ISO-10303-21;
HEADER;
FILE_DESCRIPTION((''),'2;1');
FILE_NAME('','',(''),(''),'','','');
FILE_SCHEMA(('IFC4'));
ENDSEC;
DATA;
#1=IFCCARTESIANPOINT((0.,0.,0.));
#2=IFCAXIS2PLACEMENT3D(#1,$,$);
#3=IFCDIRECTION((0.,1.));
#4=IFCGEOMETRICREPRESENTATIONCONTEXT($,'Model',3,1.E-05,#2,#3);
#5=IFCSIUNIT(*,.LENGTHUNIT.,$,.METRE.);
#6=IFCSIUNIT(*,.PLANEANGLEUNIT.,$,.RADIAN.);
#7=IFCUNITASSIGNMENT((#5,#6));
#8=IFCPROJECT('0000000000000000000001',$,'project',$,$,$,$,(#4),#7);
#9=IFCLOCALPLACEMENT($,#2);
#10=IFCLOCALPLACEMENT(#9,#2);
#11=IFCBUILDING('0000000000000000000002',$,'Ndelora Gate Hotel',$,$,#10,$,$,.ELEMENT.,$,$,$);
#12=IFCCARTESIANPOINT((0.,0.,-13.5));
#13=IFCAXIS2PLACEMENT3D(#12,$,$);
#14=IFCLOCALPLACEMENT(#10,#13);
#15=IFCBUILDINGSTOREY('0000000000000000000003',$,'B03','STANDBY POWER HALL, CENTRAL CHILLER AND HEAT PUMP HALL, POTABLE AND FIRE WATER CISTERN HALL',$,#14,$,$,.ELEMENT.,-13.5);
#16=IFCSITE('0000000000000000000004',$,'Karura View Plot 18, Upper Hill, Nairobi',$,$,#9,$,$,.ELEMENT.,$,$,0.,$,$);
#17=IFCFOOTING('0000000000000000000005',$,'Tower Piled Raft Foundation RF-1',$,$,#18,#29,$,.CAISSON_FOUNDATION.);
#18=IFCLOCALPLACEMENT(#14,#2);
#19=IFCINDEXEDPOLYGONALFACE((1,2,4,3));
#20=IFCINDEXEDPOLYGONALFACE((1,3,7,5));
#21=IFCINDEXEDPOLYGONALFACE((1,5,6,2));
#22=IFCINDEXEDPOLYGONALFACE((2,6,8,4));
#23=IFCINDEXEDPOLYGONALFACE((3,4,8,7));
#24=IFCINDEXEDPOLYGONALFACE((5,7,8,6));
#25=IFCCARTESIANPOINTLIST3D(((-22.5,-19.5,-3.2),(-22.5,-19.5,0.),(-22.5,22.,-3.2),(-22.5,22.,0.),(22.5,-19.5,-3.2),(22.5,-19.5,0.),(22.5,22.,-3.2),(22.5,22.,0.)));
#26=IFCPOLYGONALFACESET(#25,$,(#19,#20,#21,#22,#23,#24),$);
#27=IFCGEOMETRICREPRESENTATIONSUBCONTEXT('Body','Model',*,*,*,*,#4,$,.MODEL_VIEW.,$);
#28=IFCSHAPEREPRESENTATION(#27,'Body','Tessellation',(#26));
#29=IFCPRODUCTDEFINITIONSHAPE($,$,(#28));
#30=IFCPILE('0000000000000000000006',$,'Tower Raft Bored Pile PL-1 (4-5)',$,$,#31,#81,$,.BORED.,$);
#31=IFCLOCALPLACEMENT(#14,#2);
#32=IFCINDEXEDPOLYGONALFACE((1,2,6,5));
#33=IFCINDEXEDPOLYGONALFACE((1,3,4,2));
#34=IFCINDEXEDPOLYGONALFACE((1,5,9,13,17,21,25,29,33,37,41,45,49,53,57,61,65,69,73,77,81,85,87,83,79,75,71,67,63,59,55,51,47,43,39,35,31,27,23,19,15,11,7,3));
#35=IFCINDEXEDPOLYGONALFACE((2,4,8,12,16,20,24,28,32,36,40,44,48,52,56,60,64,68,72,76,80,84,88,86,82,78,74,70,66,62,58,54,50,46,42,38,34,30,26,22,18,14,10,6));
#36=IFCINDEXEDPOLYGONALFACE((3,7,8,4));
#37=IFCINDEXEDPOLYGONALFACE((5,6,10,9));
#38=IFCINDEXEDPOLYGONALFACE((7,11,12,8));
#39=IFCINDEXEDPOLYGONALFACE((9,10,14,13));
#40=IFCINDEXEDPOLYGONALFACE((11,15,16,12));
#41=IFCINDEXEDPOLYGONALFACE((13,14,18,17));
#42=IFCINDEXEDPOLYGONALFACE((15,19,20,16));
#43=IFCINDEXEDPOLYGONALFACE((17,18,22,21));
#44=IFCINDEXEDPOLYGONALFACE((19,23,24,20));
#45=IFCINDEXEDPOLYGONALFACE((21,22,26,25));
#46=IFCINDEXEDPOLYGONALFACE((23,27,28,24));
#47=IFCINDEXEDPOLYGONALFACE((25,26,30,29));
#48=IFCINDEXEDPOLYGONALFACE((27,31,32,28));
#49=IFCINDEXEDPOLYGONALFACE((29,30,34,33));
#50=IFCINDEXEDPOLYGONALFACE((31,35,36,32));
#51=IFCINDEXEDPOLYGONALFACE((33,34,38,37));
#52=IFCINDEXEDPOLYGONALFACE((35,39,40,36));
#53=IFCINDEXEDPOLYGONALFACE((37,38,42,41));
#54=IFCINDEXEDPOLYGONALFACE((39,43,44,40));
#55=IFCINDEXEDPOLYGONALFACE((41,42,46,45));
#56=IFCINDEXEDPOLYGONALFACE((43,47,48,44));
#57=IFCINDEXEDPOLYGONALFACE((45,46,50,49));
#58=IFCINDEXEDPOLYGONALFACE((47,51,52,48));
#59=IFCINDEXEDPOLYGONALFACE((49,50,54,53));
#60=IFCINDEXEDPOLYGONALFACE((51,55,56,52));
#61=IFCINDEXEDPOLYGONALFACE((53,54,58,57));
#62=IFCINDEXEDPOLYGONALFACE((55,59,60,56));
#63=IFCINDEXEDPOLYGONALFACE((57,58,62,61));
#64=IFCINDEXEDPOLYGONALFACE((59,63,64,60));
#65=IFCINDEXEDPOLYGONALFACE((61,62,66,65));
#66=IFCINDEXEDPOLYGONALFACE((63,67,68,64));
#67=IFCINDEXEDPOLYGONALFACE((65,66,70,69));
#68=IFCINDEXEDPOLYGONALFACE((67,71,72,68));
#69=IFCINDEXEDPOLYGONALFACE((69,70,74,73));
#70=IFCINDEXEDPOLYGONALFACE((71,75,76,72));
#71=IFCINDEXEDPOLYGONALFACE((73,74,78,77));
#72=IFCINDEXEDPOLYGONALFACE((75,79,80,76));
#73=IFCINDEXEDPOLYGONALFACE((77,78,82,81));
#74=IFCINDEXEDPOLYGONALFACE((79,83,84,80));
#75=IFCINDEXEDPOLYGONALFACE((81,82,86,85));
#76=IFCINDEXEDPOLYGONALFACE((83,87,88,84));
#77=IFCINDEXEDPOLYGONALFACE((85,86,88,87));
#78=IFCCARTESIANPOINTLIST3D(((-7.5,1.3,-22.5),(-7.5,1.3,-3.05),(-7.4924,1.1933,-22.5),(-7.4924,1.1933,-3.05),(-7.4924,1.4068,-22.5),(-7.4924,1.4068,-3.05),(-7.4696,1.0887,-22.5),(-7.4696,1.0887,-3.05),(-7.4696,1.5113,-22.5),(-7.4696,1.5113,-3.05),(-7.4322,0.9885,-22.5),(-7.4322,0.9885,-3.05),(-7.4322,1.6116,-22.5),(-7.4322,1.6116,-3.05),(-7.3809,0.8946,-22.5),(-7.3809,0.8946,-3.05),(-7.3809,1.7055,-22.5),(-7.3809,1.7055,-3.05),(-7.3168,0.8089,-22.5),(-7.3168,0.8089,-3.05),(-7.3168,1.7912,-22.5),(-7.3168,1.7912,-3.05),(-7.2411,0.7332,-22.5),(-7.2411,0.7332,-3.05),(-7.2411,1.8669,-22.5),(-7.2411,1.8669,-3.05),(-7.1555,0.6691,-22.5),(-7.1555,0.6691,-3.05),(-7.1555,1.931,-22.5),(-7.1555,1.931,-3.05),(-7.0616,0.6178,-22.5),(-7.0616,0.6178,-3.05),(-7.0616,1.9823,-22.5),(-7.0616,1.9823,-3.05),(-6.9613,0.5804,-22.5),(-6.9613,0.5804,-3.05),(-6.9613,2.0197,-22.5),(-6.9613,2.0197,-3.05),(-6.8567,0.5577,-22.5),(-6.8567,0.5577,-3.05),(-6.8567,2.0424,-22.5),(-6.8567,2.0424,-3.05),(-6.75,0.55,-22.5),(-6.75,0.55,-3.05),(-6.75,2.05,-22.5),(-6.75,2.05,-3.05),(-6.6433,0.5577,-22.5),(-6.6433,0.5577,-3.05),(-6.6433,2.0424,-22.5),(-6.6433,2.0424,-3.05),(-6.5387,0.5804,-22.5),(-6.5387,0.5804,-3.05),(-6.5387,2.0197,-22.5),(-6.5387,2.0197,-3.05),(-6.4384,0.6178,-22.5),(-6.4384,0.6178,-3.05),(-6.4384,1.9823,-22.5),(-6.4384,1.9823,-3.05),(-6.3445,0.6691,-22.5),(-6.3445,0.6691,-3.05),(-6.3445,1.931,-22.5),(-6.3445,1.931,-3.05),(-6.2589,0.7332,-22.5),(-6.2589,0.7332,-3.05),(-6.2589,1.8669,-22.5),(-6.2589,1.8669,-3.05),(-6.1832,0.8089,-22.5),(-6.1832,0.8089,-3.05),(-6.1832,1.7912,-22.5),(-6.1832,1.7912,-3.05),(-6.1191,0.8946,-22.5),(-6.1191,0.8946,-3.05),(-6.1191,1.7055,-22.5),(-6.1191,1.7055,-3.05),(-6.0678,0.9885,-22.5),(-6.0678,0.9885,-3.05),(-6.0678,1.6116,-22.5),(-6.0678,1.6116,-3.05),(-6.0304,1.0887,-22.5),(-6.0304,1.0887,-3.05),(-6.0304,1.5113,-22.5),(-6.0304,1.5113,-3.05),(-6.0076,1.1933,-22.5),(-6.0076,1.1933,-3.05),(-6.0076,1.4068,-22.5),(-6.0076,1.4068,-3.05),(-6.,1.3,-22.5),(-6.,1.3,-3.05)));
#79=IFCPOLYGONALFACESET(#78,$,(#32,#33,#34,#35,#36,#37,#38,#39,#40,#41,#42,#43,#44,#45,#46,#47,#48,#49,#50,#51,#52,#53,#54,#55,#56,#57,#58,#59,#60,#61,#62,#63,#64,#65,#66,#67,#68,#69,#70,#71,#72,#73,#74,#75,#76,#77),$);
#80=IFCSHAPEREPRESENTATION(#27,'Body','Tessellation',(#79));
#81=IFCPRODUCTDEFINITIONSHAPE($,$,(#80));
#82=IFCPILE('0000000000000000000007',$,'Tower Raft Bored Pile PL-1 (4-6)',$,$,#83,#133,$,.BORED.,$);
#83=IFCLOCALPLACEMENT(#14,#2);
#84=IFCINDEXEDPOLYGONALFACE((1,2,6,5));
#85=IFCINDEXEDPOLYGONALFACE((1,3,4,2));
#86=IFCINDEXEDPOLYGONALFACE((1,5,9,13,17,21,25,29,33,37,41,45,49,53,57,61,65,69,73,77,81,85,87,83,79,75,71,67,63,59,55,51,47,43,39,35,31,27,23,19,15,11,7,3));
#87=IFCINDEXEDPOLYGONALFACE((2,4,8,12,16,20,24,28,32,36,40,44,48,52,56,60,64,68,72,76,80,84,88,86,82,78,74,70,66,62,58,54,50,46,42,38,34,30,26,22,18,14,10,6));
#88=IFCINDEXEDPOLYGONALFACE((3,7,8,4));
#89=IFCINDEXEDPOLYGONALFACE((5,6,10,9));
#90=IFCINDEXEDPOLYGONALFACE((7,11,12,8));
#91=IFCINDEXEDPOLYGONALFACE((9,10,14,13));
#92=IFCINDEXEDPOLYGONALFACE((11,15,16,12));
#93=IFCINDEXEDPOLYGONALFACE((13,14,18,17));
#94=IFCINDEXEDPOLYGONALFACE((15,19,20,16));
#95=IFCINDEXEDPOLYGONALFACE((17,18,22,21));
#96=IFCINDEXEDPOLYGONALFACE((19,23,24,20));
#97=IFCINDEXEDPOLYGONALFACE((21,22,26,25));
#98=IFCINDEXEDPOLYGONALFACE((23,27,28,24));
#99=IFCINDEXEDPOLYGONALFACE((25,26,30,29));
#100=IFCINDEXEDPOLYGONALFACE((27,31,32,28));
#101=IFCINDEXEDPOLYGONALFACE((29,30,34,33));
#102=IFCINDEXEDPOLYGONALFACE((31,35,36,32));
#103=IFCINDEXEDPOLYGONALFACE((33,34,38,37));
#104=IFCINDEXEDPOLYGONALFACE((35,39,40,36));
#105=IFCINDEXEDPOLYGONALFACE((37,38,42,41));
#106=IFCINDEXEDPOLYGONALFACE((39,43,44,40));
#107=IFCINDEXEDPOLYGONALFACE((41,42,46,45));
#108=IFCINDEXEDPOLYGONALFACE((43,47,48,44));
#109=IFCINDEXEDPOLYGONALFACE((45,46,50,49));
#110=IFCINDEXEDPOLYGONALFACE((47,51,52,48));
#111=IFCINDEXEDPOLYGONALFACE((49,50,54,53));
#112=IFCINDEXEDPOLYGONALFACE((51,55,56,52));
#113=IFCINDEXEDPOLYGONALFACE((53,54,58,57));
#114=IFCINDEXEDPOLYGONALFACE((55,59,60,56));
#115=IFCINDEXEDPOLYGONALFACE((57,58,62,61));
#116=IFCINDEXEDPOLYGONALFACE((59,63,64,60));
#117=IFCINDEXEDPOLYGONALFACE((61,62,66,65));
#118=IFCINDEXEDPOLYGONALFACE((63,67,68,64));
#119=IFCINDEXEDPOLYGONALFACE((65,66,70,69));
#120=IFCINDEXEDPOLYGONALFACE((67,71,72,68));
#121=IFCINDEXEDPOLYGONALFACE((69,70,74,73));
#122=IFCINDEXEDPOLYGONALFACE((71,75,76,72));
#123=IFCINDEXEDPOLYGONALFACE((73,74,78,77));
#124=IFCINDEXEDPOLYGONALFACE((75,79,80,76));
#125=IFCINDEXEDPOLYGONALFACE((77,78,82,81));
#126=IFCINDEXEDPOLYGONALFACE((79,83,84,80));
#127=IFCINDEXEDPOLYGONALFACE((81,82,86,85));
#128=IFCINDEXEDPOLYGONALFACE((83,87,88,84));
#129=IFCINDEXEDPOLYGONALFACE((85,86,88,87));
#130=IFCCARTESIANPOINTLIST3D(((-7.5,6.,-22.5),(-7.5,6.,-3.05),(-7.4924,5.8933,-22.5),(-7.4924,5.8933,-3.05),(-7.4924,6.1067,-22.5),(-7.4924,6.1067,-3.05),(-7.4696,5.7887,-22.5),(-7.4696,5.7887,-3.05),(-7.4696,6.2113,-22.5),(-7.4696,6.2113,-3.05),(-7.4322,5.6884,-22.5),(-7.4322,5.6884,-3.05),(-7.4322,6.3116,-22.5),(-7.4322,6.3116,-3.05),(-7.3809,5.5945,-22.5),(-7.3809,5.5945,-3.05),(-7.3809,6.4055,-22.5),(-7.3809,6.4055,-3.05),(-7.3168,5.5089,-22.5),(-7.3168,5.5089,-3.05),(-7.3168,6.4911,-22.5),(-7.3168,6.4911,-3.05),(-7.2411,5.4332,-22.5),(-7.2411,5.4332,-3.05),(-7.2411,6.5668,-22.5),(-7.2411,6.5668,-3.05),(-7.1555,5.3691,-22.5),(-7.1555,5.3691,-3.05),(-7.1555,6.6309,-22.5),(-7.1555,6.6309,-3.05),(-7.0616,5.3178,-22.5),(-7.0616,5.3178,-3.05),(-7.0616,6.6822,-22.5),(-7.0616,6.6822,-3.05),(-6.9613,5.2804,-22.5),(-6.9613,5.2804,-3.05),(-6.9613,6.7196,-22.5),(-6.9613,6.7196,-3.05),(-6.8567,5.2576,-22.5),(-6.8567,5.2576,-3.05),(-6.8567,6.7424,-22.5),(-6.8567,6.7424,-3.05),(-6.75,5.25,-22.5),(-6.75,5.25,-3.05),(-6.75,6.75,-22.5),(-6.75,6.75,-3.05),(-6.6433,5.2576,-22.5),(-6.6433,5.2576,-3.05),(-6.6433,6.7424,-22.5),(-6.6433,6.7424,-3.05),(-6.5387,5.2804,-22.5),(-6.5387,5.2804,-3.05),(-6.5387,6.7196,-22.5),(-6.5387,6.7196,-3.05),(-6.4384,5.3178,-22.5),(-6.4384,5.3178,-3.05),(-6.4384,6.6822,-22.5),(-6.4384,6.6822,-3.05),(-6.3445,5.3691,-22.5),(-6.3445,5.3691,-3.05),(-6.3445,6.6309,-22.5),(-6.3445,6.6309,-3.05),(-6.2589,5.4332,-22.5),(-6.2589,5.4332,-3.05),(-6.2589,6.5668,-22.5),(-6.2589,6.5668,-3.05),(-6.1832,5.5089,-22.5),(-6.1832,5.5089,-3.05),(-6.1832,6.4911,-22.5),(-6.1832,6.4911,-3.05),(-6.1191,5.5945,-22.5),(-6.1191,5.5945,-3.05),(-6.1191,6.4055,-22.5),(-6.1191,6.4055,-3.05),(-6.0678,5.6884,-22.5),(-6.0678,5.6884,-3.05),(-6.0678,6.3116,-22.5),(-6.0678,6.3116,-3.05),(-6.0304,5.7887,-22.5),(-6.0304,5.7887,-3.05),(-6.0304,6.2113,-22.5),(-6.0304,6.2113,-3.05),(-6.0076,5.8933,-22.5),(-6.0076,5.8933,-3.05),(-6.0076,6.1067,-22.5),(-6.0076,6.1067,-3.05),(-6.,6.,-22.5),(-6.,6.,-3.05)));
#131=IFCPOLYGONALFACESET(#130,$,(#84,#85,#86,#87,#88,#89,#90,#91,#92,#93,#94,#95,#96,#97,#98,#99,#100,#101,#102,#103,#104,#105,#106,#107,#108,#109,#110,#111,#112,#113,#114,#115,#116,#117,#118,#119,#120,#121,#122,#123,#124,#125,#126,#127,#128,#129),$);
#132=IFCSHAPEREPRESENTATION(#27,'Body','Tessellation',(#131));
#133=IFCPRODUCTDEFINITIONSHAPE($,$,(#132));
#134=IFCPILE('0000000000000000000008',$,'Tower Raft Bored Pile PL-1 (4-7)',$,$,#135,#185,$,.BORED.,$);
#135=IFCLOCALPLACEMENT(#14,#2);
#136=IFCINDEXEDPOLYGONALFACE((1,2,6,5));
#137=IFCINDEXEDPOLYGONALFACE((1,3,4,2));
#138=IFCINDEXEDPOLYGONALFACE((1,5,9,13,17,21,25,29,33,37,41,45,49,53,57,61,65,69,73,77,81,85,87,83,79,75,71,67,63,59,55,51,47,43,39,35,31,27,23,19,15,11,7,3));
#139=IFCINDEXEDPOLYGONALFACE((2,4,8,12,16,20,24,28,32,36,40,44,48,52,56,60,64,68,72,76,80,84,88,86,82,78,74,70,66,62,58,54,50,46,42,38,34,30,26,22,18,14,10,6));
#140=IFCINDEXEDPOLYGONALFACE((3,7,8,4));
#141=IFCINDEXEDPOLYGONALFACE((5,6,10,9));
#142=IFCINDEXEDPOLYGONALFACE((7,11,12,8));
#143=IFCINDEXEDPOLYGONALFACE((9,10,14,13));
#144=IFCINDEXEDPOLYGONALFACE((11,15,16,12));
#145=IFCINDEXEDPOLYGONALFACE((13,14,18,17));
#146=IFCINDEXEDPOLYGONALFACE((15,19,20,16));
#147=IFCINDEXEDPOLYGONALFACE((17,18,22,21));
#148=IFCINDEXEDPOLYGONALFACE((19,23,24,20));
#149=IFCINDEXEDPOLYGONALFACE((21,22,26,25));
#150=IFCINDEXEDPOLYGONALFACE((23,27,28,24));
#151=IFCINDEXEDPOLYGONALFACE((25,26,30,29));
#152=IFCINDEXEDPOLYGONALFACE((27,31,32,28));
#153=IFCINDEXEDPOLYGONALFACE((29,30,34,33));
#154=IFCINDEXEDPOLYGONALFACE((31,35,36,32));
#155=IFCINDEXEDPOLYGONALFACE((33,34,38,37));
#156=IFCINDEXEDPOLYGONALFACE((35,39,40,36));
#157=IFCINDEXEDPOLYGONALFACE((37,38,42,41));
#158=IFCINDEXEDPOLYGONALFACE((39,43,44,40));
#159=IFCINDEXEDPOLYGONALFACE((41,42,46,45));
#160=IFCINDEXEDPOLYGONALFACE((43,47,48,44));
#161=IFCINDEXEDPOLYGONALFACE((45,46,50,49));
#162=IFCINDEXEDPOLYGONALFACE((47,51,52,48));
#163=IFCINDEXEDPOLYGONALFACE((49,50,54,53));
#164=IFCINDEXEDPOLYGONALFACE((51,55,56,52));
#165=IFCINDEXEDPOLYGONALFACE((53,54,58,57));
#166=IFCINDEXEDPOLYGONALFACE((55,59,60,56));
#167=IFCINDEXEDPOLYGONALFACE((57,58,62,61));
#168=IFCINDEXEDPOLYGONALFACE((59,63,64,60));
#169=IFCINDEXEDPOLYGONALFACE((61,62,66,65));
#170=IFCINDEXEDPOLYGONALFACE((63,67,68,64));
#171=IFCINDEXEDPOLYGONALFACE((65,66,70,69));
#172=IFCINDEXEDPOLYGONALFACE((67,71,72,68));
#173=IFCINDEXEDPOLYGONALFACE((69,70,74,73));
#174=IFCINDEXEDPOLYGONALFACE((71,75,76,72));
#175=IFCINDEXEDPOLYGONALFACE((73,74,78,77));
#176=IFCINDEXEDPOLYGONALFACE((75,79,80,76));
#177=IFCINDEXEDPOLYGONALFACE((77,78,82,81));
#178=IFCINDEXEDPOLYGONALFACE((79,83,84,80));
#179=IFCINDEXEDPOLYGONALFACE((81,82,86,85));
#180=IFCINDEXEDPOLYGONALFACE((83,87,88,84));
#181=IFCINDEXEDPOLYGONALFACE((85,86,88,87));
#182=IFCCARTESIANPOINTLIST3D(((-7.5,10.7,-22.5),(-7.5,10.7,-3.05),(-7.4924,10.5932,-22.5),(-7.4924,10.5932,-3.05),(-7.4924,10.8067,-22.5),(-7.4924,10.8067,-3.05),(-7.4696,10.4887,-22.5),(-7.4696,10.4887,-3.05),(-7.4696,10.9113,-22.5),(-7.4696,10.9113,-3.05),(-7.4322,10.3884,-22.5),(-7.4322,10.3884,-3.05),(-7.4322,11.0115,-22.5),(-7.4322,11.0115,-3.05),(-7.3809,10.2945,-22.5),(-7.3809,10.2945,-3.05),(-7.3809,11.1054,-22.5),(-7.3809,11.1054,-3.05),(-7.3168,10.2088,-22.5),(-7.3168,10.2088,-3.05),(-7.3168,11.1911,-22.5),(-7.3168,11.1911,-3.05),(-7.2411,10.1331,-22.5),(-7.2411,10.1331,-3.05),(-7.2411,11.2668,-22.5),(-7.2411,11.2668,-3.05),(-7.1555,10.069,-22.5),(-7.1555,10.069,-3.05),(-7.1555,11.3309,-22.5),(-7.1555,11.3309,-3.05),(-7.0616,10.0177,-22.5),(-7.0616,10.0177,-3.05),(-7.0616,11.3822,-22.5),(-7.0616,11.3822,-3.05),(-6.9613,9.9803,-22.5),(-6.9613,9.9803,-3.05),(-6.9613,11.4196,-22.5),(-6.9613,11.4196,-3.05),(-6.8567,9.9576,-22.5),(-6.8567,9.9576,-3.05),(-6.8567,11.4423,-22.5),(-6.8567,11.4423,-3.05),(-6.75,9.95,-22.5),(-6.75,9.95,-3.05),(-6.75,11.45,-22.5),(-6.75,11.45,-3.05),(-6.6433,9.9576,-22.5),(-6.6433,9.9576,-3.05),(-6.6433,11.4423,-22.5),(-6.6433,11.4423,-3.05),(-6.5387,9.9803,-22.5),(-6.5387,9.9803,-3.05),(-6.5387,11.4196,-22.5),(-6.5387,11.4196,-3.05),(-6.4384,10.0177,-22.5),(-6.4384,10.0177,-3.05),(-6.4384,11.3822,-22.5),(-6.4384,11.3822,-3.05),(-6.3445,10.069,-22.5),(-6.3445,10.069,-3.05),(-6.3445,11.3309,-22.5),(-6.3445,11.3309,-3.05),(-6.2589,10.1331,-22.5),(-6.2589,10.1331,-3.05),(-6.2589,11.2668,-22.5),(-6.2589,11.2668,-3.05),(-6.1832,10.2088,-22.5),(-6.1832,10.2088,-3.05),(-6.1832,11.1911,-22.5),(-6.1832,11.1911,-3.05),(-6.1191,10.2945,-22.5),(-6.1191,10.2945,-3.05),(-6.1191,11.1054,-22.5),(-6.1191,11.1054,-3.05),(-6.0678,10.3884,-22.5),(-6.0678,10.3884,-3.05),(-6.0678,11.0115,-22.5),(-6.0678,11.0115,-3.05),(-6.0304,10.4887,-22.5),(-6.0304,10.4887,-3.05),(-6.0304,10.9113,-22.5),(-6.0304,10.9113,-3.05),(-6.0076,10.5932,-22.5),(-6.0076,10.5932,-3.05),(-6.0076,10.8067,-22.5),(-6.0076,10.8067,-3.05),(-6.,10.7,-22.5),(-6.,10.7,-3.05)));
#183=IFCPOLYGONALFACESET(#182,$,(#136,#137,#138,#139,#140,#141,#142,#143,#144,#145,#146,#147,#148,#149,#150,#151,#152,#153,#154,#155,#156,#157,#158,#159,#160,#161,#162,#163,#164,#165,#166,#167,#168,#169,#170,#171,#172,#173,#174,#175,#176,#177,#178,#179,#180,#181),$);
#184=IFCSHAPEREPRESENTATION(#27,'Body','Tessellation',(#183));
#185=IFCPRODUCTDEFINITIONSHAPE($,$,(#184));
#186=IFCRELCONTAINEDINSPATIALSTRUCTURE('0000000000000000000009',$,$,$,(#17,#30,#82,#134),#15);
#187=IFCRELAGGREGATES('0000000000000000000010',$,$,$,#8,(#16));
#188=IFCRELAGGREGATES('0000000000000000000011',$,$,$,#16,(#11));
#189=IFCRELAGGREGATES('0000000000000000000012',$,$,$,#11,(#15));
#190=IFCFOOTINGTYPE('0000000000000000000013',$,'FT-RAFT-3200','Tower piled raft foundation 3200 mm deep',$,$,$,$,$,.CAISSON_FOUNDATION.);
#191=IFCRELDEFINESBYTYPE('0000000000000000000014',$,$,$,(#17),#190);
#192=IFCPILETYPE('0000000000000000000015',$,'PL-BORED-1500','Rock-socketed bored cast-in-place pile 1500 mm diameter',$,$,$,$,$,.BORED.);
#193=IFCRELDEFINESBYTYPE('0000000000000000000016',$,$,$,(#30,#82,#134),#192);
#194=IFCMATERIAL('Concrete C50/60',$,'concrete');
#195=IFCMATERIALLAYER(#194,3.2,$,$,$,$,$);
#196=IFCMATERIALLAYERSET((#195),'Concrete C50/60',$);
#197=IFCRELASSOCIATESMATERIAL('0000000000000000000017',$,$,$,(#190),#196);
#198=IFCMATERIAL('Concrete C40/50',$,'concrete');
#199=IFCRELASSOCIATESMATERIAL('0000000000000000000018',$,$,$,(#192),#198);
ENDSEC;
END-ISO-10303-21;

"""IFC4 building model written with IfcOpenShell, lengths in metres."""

from ifc_helpers import new_model, si_unit, direction, frame, origin, origin_2d, place, context, subcontext, project, spatial, polyline, circle, outline, extrude, material, layer, layer_set, material_profile, profile_set, type_object, element, save


model = new_model("IFC4")

# Units and contexts
model_context = context("Model", 3, precision=1e-05, world=origin(), true_north=direction((0.0, 1.0)))
body_context = subcontext(model_context, "Body", "Model", "MODEL_VIEW")
ifc_project = project(units=[si_unit("LENGTHUNIT", "METRE"), si_unit("PLANEANGLEUNIT", "RADIAN")], contexts=[model_context])

# Site, building, storey
site_placement = place(None, origin())
site = spatial("IfcSite", under=ifc_project, at=site_placement, Name="Karura View Plot 18, Upper Hill, Nairobi", CompositionType="ELEMENT", RefElevation=0.0)
building_placement = place(site_placement, origin())
building = spatial("IfcBuilding", under=site, at=building_placement, Name="Ndelora Gate Hotel", CompositionType="ELEMENT")
storey_placement = place(building_placement, frame((0.0, 0.0, -13.5)))
storey = spatial("IfcBuildingStorey", under=building, at=storey_placement, Name="B03", Description="STANDBY POWER HALL, CENTRAL CHILLER AND HEAT PUMP HALL, POTABLE AND FIRE WATER CISTERN HALL", CompositionType="ELEMENT", Elevation=-13.5)

# Footing
ifc_material_1 = material(Name="Concrete C50/60", Category="concrete")
ifc_layer_1 = layer(ifc_material_1, 3.2)
ifc_layer_set_1 = layer_set([ifc_layer_1], Name="Concrete C50/60")
footing_type = type_object("IfcFootingType", Name="FT-RAFT-3200", Description="Tower piled raft foundation 3200 mm deep", PredefinedType="CAISSON_FOUNDATION", material=ifc_layer_set_1)
footing_placement = place(storey_placement, frame((0.0, 0.0, -3.2)))
element("IfcFooting", 1, at=footing_placement, inside=storey, type_object=footing_type, Name="Tower Piled Raft Foundation RF-1", PredefinedType="CAISSON_FOUNDATION", context=body_context, shape_type="SweptSolid", body=[
    extrude(outline(polyline([(-22.5, -19.5), (22.5, -19.5), (22.5, 22.0), (-22.5, 22.0), (-22.5, -19.5)])), origin(), (0.0, 0.0, 1.0), 3.2),
])

# Piles
ifc_material_2 = material(Name="Concrete C40/50", Category="concrete")
ifc_material_profile_1 = material_profile(ifc_material_2, circle(Radius=0.75, at=origin_2d()), Name="PILE D1500")
ifc_profile_set_1 = profile_set([ifc_material_profile_1], Name="Concrete C40/50")
pile_type = type_object("IfcPileType", Name="PL-BORED-1500", Description="Rock-socketed bored cast-in-place pile 1500 mm diameter", PredefinedType="BORED", material=ifc_profile_set_1)
for number, where, z_axis, x_axis, name in (
    (2, (-6.75, 1.3, -3.05), (0.0, 0.0, -1.0), (1.0, 0.0, 0.0), "Tower Raft Bored Pile PL-1 (4-5)"),
    (3, (-6.75, 6.0, -3.05), (0.0, 0.0, -1.0), (1.0, 0.0, 0.0), "Tower Raft Bored Pile PL-1 (4-6)"),
    (4, (-6.75, 10.7, -3.05), (0.0, 0.0, -1.0), (1.0, 0.0, 0.0), "Tower Raft Bored Pile PL-1 (4-7)"),
):
    element("IfcPile", number, at=place(storey_placement, frame(where, z_axis=z_axis, x_axis=x_axis)), inside=storey, type_object=pile_type, Name=name, PredefinedType="BORED", context=body_context, shape_type="SweptSolid", body=[
        extrude(circle(Radius=0.75, at=origin_2d()), origin(), (0.0, 0.0, 1.0), 19.45),
    ])

save(model, "model.ifc")
